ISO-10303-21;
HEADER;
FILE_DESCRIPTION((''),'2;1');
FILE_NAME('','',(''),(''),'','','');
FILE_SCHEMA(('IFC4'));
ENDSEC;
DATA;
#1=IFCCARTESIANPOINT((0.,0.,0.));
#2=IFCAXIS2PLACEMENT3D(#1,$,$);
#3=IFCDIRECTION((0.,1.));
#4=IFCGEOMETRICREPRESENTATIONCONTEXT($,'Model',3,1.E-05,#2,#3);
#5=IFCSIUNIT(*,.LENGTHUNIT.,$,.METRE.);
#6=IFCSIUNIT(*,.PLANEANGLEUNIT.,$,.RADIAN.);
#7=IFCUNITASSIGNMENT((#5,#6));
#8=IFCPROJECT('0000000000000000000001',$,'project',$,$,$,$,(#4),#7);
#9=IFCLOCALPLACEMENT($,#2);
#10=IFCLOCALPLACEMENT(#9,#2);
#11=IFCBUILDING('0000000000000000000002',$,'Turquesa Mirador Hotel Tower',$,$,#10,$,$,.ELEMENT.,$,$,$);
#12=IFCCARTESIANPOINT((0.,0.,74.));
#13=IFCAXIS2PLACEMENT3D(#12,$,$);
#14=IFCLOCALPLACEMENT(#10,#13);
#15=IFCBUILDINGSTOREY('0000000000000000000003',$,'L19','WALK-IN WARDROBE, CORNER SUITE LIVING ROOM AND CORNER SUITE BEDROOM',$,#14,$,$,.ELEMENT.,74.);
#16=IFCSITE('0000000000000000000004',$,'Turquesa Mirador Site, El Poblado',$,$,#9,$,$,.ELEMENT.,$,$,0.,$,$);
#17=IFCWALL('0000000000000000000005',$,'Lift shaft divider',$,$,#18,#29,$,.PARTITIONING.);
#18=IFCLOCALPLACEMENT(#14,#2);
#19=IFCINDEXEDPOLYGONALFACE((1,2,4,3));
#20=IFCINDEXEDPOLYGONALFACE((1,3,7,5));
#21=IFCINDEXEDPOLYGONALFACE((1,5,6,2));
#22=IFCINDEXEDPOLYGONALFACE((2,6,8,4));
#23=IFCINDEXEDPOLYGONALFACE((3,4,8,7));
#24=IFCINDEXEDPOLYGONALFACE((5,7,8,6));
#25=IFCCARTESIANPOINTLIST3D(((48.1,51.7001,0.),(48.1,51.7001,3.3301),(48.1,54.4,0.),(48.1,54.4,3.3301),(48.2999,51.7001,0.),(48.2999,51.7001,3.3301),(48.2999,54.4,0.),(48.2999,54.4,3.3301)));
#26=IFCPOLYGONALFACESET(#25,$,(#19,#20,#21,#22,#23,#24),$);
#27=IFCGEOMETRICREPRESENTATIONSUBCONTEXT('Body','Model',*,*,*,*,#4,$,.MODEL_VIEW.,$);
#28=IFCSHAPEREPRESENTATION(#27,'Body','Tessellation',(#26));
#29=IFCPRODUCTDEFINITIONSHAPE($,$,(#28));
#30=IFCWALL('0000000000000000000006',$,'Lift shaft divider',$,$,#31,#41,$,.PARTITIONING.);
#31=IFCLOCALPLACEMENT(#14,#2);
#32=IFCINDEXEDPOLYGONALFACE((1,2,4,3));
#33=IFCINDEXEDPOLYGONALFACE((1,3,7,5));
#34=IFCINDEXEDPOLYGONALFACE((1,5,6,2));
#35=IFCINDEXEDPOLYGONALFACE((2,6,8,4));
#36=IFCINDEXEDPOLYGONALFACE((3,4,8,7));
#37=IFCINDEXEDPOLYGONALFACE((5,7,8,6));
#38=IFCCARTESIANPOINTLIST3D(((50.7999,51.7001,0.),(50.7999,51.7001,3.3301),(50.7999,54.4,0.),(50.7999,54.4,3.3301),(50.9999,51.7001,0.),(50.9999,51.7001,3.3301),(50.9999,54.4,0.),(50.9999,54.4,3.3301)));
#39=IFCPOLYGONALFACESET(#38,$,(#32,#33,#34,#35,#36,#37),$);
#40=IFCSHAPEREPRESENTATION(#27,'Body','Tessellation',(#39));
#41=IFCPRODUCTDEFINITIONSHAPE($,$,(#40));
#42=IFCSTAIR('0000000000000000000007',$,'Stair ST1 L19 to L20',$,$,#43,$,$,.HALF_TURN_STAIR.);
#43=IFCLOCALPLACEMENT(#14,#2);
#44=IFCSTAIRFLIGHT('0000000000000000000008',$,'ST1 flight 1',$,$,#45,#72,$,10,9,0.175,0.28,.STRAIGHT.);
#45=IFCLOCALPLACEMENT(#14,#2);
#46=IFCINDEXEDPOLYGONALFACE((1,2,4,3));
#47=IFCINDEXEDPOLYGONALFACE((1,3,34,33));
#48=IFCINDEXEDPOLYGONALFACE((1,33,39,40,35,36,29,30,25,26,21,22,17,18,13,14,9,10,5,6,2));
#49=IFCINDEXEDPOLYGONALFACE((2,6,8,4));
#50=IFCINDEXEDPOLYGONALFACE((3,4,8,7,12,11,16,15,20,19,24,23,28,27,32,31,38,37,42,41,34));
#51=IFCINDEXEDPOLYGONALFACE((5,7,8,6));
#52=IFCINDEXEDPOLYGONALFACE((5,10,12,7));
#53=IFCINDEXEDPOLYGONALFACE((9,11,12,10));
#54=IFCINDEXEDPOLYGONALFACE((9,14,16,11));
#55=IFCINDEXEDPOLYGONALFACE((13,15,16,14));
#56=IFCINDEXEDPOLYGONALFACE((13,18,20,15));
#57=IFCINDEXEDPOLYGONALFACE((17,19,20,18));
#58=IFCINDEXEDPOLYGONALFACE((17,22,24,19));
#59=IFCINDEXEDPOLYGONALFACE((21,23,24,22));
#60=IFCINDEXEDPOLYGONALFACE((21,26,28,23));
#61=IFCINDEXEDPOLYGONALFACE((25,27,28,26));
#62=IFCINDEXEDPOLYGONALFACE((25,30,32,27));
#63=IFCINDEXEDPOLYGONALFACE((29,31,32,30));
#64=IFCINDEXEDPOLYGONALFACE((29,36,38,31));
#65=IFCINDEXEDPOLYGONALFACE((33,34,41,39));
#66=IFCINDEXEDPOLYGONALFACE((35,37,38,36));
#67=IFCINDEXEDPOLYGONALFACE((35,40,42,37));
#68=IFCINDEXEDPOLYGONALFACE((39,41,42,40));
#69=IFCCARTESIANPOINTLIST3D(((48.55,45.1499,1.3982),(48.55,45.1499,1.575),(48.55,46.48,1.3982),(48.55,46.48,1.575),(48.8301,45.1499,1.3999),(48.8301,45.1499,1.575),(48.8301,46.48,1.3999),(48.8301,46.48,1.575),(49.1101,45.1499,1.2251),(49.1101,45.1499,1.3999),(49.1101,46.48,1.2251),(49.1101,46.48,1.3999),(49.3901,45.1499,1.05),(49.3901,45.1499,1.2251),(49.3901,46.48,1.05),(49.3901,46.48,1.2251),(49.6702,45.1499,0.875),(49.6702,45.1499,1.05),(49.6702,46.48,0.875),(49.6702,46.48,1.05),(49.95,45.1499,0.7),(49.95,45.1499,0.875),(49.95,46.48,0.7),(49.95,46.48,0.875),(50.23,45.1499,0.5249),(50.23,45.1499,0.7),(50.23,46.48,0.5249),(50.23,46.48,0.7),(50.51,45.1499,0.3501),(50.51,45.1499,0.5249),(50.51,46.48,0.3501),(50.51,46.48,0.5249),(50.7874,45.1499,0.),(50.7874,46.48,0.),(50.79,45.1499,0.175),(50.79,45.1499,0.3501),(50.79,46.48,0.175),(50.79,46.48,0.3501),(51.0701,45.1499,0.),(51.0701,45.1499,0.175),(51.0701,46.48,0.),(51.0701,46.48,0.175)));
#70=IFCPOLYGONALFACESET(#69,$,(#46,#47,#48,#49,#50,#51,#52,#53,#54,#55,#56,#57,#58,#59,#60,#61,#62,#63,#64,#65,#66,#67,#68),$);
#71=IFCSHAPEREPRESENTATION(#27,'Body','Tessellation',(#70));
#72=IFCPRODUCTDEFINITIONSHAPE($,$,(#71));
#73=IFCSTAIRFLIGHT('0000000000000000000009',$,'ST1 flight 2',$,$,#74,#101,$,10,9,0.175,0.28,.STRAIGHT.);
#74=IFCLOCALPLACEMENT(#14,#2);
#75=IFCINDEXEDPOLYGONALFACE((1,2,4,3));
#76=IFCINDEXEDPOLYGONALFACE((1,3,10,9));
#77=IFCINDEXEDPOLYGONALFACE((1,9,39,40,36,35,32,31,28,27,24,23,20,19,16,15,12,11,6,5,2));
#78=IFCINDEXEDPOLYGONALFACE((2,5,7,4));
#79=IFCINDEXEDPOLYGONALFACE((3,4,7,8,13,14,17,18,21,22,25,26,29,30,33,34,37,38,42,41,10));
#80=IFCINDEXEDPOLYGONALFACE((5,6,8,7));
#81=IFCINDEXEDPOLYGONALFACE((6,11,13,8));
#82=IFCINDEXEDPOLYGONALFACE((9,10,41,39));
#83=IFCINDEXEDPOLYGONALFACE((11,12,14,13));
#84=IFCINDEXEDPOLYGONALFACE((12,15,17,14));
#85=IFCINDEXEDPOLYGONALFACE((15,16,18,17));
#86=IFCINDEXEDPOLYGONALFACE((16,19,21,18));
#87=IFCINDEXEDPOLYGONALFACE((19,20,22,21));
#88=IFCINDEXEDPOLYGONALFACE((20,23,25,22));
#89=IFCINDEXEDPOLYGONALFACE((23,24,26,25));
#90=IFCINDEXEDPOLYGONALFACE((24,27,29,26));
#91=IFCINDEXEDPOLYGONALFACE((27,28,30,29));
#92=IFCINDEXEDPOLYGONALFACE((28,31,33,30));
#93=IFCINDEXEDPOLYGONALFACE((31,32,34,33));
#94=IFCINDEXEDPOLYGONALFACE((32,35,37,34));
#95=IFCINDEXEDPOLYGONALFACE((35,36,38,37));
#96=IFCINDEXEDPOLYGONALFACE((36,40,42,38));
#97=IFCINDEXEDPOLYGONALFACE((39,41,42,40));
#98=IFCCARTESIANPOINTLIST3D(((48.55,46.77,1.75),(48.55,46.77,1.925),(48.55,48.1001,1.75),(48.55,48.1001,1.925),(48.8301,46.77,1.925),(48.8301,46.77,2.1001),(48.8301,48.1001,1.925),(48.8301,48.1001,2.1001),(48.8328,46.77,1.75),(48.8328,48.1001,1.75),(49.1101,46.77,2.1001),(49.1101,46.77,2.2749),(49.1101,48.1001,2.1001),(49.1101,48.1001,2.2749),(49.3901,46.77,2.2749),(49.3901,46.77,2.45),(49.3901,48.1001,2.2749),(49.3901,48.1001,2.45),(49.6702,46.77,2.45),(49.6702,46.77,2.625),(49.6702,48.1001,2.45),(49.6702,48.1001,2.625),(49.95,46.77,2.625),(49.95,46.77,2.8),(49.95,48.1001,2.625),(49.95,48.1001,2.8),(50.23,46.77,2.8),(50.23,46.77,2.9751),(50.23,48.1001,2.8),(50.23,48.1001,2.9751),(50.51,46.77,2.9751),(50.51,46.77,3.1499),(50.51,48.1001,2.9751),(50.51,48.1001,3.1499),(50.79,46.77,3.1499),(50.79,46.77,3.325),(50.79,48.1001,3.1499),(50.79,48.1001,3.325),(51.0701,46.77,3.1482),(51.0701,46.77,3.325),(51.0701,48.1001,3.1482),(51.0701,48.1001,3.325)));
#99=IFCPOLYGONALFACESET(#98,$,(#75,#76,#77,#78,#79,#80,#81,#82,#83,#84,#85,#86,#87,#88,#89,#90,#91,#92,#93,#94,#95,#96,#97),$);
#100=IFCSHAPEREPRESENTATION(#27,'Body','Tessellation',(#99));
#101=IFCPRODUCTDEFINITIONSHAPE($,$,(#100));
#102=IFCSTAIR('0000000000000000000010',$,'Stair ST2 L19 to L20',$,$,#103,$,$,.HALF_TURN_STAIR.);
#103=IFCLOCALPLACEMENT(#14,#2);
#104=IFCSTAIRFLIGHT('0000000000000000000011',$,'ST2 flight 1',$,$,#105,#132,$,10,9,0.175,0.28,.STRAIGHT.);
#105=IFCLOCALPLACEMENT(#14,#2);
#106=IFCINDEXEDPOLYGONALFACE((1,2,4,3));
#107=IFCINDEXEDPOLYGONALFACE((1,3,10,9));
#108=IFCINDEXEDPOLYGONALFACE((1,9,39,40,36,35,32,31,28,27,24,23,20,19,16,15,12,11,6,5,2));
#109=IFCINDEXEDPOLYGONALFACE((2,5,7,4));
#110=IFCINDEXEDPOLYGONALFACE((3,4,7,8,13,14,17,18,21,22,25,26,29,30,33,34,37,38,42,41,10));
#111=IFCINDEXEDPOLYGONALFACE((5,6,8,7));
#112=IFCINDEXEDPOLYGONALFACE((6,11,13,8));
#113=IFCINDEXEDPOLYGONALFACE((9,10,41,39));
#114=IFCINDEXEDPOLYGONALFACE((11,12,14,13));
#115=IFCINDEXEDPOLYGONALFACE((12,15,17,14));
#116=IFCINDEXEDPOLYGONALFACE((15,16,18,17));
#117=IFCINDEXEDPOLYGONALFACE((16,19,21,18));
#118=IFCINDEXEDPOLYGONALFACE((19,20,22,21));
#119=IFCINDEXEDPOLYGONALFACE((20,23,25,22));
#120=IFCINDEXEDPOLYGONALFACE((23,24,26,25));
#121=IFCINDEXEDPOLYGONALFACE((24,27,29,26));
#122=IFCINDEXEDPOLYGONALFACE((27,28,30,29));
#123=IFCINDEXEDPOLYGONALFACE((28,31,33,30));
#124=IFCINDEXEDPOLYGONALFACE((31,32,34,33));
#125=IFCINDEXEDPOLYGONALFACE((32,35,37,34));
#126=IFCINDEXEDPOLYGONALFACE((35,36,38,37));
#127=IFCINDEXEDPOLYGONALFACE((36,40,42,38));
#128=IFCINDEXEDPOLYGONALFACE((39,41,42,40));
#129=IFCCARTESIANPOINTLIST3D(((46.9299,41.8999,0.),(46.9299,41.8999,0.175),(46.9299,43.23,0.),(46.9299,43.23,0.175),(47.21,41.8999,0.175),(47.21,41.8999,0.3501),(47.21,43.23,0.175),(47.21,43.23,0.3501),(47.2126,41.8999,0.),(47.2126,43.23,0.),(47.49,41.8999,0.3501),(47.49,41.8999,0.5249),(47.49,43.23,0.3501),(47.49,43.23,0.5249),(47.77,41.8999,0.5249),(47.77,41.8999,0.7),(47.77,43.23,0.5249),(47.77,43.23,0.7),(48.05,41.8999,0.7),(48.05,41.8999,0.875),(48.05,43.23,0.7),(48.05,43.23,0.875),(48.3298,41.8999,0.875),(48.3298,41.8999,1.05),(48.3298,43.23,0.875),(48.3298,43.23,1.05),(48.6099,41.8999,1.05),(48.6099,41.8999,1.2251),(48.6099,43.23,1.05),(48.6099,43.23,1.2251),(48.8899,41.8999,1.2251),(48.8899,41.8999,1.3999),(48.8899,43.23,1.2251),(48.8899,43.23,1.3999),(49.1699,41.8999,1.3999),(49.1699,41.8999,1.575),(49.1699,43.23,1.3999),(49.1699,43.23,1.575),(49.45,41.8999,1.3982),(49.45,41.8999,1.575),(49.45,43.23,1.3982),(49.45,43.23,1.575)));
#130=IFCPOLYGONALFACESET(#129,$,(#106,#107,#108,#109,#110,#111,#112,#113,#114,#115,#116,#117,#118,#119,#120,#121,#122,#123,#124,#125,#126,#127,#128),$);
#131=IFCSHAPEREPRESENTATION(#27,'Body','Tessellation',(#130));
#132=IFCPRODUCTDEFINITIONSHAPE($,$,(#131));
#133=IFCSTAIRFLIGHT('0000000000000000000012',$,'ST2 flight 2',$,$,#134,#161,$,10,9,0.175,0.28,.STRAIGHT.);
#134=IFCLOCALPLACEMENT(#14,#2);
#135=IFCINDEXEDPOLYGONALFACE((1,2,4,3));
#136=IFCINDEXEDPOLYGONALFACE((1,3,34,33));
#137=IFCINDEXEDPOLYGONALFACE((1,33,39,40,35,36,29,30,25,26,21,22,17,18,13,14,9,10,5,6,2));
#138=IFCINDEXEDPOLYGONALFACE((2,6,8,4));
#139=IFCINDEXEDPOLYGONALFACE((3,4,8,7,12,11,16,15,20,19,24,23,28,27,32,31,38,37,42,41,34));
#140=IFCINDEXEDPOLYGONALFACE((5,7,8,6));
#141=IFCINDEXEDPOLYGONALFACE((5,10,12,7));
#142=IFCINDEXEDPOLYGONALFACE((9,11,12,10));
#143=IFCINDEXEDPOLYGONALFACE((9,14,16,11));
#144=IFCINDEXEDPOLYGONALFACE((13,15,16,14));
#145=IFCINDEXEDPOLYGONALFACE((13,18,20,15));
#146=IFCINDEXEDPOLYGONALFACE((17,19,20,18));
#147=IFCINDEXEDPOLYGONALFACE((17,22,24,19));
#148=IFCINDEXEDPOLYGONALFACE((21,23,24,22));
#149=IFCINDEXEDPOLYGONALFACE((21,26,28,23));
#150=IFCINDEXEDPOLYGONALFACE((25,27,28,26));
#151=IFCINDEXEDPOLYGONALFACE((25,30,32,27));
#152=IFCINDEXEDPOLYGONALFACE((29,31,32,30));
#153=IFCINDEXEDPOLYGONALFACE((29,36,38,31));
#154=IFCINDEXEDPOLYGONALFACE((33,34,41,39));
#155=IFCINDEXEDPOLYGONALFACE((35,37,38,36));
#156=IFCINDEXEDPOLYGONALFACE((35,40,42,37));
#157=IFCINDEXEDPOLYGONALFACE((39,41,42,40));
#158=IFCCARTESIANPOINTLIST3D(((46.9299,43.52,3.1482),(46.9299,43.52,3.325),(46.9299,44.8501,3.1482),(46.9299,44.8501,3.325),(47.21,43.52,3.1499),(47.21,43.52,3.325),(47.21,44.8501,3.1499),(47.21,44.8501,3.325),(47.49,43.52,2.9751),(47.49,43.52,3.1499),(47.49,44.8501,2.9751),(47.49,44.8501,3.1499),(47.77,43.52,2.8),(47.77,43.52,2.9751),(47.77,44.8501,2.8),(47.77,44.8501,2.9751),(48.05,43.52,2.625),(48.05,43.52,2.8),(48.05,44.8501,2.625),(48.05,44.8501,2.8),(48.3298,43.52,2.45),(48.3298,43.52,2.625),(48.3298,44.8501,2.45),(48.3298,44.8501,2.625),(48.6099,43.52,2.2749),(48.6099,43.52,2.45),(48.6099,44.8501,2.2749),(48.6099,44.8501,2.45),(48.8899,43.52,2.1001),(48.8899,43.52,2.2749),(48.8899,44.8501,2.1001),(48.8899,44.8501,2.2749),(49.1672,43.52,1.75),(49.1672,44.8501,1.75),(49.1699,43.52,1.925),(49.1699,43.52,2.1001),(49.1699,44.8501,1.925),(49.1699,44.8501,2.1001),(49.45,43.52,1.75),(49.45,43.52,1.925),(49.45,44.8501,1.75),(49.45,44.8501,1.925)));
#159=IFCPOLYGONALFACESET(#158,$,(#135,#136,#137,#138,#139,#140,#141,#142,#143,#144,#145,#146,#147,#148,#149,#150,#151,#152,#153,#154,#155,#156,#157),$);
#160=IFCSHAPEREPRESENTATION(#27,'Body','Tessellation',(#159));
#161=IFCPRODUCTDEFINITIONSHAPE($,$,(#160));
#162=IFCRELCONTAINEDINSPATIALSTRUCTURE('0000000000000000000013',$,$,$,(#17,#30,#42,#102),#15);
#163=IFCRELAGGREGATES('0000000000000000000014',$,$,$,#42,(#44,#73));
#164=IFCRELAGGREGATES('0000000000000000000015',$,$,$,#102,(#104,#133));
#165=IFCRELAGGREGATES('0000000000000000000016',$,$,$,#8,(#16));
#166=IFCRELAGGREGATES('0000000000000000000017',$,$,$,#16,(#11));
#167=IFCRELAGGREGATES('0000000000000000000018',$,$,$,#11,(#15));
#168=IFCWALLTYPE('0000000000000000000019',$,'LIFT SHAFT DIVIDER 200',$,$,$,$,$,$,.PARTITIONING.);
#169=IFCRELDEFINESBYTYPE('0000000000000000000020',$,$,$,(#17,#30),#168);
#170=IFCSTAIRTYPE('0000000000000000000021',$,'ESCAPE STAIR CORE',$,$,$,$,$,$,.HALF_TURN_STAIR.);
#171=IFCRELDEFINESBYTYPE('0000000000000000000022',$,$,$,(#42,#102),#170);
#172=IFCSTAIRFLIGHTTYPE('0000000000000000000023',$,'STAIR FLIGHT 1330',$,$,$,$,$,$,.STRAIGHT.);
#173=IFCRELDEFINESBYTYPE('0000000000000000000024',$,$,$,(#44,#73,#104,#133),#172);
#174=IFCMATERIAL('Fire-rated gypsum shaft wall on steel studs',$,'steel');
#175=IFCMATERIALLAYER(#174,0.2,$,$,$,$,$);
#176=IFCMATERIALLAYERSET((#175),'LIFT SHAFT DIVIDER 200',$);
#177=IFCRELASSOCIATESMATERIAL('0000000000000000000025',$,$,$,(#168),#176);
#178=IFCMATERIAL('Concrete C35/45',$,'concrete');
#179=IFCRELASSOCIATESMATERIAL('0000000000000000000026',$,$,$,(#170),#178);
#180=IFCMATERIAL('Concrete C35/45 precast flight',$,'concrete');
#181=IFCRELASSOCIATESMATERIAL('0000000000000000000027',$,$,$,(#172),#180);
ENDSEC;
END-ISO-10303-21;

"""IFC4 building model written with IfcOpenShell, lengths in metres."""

from ifc_helpers import new_model, si_unit, direction, frame, frame_2d, origin, place, context, subcontext, project, spatial, polyline, rectangle, outline, extrude, material, layer, layer_set, type_object, element, aggregate, save


model = new_model("IFC4")

# Units and contexts
model_context = context("Model", 3, precision=1e-05, world=origin(), true_north=direction((0.0, 1.0)))
body_context = subcontext(model_context, "Body", "Model", "MODEL_VIEW")
ifc_project = project(units=[si_unit("LENGTHUNIT", "METRE"), si_unit("PLANEANGLEUNIT", "RADIAN")], contexts=[model_context])

# Site, building, storey
site_placement = place(None, origin())
site = spatial("IfcSite", under=ifc_project, at=site_placement, Name="Turquesa Mirador Site, El Poblado", CompositionType="ELEMENT", RefElevation=0.0)
building_placement = place(site_placement, origin())
building = spatial("IfcBuilding", under=site, at=building_placement, Name="Turquesa Mirador Hotel Tower", CompositionType="ELEMENT")
storey_placement = place(building_placement, frame((0.0, 0.0, 74.0)))
storey = spatial("IfcBuildingStorey", under=building, at=storey_placement, Name="L19", Description="WALK-IN WARDROBE, CORNER SUITE LIVING ROOM AND CORNER SUITE BEDROOM", CompositionType="ELEMENT", Elevation=74.0)

# Walls
ifc_material_1 = material(Name="Fire-rated gypsum shaft wall on steel studs", Category="steel")
ifc_layer_1 = layer(ifc_material_1, 0.2)
ifc_layer_set_1 = layer_set([ifc_layer_1], Name="LIFT SHAFT DIVIDER 200")
wall_type_1 = type_object("IfcWallType", Name="LIFT SHAFT DIVIDER 200", PredefinedType="PARTITIONING", material=ifc_layer_set_1)
for number, where, z_axis, x_axis, name in (
    (1, (48.2, 51.7, 0.0), (0.0, 0.0, 1.0), (0.0, 1.0, 0.0), "Lift shaft divider"),
    (2, (50.8999, 51.7, 0.0), (0.0, 0.0, 1.0), (0.0, 1.0, 0.0), "Lift shaft divider"),
):
    element("IfcWall", number, at=place(storey_placement, frame(where, z_axis=z_axis, x_axis=x_axis)), inside=storey, type_object=wall_type_1, Name=name, PredefinedType="PARTITIONING", context=body_context, shape_type="SweptSolid", body=[
        extrude(rectangle(XDim=2.7, YDim=0.2, at=frame_2d((1.3501, 0.0))), origin(), (0.0, 0.0, 1.0), 3.3301),
    ])

# Stairs, stair flights
ifc_material_2 = material(Name="Concrete C35/45", Category="concrete")
stair_type = type_object("IfcStairType", Name="ESCAPE STAIR CORE", PredefinedType="HALF_TURN_STAIR", material=ifc_material_2)
stair_1_placement = place(storey_placement, origin())
stair_1 = element("IfcStair", 3, at=stair_1_placement, inside=storey, type_object=stair_type, Name="Stair ST1 L19 to L20", PredefinedType="HALF_TURN_STAIR")
ifc_material_3 = material(Name="Concrete C35/45 precast flight", Category="concrete")
stair_flight_type = type_object("IfcStairFlightType", Name="STAIR FLIGHT 1330", PredefinedType="STRAIGHT", material=ifc_material_3)
stair_flight_1_placement = place(storey_placement, frame((51.0701, 45.8149, 0.0), z_axis=(0.0, 0.0, 1.0), x_axis=(-1.0, 0.0, 0.0)))
stair_flight_1 = element("IfcStairFlight", 4, at=stair_flight_1_placement, type_object=stair_flight_type, Name="ST1 flight 1", NumberOfRisers=10, NumberOfTreads=9, PredefinedType="STRAIGHT", RiserHeight=0.175, TreadLength=0.28, context=body_context, shape_type="SweptSolid", body=[
    extrude(outline(polyline([(0.0, 0.0), (0.0, 0.175), (0.28, 0.175), (0.28, 0.3501), (0.5601, 0.3501), (0.5601, 0.5249), (0.8401, 0.5249), (0.8401, 0.7), (1.1201, 0.7), (1.1201, 0.875), (1.3999, 0.875), (1.3999, 1.05), (1.6799, 1.05), (1.6799, 1.2251), (1.96, 1.2251), (1.96, 1.3999), (2.24, 1.3999), (2.24, 1.575), (2.52, 1.575), (2.52, 1.75), (2.52, 1.3982), (0.2827, 0.0), (0.0, 0.0)])), frame((0.0, 0.665, 0.0), z_axis=(0.0, -1.0, 0.0), x_axis=(1.0, 0.0, 0.0)), (0.0, 0.0, 1.0), 1.3301),
])
stair_flight_2_placement = place(storey_placement, frame((48.55, 47.4351, 1.75), z_axis=(0.0, 0.0, 1.0), x_axis=(1.0, 0.0, 0.0)))
stair_flight_2 = element("IfcStairFlight", 5, at=stair_flight_2_placement, type_object=stair_flight_type, Name="ST1 flight 2", NumberOfRisers=10, NumberOfTreads=9, PredefinedType="STRAIGHT", RiserHeight=0.175, TreadLength=0.28, context=body_context, shape_type="SweptSolid", body=[
    extrude(outline(polyline([(0.0, 0.0), (0.0, 0.175), (0.28, 0.175), (0.28, 0.3501), (0.5601, 0.3501), (0.5601, 0.5249), (0.8401, 0.5249), (0.8401, 0.7), (1.1201, 0.7), (1.1201, 0.875), (1.3999, 0.875), (1.3999, 1.05), (1.6799, 1.05), (1.6799, 1.2251), (1.96, 1.2251), (1.96, 1.3999), (2.24, 1.3999), (2.24, 1.575), (2.52, 1.575), (2.52, 1.75), (2.52, 1.3982), (0.2827, 0.0), (0.0, 0.0)])), frame((0.0, 0.665, 0.0), z_axis=(0.0, -1.0, 0.0), x_axis=(1.0, 0.0, 0.0)), (0.0, 0.0, 1.0), 1.3301),
])
aggregate(stair_1, [stair_flight_1, stair_flight_2])
stair_2_placement = place(storey_placement, origin())
stair_2 = element("IfcStair", 6, at=stair_2_placement, inside=storey, type_object=stair_type, Name="Stair ST2 L19 to L20", PredefinedType="HALF_TURN_STAIR")
stair_flight_3_placement = place(storey_placement, frame((46.9299, 42.5649, 0.0), z_axis=(0.0, 0.0, 1.0), x_axis=(1.0, 0.0, 0.0)))
stair_flight_3 = element("IfcStairFlight", 7, at=stair_flight_3_placement, type_object=stair_flight_type, Name="ST2 flight 1", NumberOfRisers=10, NumberOfTreads=9, PredefinedType="STRAIGHT", RiserHeight=0.175, TreadLength=0.28, context=body_context, shape_type="SweptSolid", body=[
    extrude(outline(polyline([(0.0, 0.0), (0.0, 0.175), (0.28, 0.175), (0.28, 0.3501), (0.5601, 0.3501), (0.5601, 0.5249), (0.8401, 0.5249), (0.8401, 0.7), (1.1201, 0.7), (1.1201, 0.875), (1.3999, 0.875), (1.3999, 1.05), (1.6799, 1.05), (1.6799, 1.2251), (1.96, 1.2251), (1.96, 1.3999), (2.24, 1.3999), (2.24, 1.575), (2.52, 1.575), (2.52, 1.75), (2.52, 1.3982), (0.2827, 0.0), (0.0, 0.0)])), frame((0.0, 0.665, 0.0), z_axis=(0.0, -1.0, 0.0), x_axis=(1.0, 0.0, 0.0)), (0.0, 0.0, 1.0), 1.3301),
])
stair_flight_4_placement = place(storey_placement, frame((49.45, 44.1851, 1.75), z_axis=(0.0, 0.0, 1.0), x_axis=(-1.0, 0.0, 0.0)))
stair_flight_4 = element("IfcStairFlight", 8, at=stair_flight_4_placement, type_object=stair_flight_type, Name="ST2 flight 2", NumberOfRisers=10, NumberOfTreads=9, PredefinedType="STRAIGHT", RiserHeight=0.175, TreadLength=0.28, context=body_context, shape_type="SweptSolid", body=[
    extrude(outline(polyline([(0.0, 0.0), (0.0, 0.175), (0.28, 0.175), (0.28, 0.3501), (0.5601, 0.3501), (0.5601, 0.5249), (0.8401, 0.5249), (0.8401, 0.7), (1.1201, 0.7), (1.1201, 0.875), (1.3999, 0.875), (1.3999, 1.05), (1.6799, 1.05), (1.6799, 1.2251), (1.96, 1.2251), (1.96, 1.3999), (2.24, 1.3999), (2.24, 1.575), (2.52, 1.575), (2.52, 1.75), (2.52, 1.3982), (0.2827, 0.0), (0.0, 0.0)])), frame((0.0, 0.665, 0.0), z_axis=(0.0, -1.0, 0.0), x_axis=(1.0, 0.0, 0.0)), (0.0, 0.0, 1.0), 1.3301),
])
aggregate(stair_2, [stair_flight_3, stair_flight_4])

save(model, "model.ifc")
